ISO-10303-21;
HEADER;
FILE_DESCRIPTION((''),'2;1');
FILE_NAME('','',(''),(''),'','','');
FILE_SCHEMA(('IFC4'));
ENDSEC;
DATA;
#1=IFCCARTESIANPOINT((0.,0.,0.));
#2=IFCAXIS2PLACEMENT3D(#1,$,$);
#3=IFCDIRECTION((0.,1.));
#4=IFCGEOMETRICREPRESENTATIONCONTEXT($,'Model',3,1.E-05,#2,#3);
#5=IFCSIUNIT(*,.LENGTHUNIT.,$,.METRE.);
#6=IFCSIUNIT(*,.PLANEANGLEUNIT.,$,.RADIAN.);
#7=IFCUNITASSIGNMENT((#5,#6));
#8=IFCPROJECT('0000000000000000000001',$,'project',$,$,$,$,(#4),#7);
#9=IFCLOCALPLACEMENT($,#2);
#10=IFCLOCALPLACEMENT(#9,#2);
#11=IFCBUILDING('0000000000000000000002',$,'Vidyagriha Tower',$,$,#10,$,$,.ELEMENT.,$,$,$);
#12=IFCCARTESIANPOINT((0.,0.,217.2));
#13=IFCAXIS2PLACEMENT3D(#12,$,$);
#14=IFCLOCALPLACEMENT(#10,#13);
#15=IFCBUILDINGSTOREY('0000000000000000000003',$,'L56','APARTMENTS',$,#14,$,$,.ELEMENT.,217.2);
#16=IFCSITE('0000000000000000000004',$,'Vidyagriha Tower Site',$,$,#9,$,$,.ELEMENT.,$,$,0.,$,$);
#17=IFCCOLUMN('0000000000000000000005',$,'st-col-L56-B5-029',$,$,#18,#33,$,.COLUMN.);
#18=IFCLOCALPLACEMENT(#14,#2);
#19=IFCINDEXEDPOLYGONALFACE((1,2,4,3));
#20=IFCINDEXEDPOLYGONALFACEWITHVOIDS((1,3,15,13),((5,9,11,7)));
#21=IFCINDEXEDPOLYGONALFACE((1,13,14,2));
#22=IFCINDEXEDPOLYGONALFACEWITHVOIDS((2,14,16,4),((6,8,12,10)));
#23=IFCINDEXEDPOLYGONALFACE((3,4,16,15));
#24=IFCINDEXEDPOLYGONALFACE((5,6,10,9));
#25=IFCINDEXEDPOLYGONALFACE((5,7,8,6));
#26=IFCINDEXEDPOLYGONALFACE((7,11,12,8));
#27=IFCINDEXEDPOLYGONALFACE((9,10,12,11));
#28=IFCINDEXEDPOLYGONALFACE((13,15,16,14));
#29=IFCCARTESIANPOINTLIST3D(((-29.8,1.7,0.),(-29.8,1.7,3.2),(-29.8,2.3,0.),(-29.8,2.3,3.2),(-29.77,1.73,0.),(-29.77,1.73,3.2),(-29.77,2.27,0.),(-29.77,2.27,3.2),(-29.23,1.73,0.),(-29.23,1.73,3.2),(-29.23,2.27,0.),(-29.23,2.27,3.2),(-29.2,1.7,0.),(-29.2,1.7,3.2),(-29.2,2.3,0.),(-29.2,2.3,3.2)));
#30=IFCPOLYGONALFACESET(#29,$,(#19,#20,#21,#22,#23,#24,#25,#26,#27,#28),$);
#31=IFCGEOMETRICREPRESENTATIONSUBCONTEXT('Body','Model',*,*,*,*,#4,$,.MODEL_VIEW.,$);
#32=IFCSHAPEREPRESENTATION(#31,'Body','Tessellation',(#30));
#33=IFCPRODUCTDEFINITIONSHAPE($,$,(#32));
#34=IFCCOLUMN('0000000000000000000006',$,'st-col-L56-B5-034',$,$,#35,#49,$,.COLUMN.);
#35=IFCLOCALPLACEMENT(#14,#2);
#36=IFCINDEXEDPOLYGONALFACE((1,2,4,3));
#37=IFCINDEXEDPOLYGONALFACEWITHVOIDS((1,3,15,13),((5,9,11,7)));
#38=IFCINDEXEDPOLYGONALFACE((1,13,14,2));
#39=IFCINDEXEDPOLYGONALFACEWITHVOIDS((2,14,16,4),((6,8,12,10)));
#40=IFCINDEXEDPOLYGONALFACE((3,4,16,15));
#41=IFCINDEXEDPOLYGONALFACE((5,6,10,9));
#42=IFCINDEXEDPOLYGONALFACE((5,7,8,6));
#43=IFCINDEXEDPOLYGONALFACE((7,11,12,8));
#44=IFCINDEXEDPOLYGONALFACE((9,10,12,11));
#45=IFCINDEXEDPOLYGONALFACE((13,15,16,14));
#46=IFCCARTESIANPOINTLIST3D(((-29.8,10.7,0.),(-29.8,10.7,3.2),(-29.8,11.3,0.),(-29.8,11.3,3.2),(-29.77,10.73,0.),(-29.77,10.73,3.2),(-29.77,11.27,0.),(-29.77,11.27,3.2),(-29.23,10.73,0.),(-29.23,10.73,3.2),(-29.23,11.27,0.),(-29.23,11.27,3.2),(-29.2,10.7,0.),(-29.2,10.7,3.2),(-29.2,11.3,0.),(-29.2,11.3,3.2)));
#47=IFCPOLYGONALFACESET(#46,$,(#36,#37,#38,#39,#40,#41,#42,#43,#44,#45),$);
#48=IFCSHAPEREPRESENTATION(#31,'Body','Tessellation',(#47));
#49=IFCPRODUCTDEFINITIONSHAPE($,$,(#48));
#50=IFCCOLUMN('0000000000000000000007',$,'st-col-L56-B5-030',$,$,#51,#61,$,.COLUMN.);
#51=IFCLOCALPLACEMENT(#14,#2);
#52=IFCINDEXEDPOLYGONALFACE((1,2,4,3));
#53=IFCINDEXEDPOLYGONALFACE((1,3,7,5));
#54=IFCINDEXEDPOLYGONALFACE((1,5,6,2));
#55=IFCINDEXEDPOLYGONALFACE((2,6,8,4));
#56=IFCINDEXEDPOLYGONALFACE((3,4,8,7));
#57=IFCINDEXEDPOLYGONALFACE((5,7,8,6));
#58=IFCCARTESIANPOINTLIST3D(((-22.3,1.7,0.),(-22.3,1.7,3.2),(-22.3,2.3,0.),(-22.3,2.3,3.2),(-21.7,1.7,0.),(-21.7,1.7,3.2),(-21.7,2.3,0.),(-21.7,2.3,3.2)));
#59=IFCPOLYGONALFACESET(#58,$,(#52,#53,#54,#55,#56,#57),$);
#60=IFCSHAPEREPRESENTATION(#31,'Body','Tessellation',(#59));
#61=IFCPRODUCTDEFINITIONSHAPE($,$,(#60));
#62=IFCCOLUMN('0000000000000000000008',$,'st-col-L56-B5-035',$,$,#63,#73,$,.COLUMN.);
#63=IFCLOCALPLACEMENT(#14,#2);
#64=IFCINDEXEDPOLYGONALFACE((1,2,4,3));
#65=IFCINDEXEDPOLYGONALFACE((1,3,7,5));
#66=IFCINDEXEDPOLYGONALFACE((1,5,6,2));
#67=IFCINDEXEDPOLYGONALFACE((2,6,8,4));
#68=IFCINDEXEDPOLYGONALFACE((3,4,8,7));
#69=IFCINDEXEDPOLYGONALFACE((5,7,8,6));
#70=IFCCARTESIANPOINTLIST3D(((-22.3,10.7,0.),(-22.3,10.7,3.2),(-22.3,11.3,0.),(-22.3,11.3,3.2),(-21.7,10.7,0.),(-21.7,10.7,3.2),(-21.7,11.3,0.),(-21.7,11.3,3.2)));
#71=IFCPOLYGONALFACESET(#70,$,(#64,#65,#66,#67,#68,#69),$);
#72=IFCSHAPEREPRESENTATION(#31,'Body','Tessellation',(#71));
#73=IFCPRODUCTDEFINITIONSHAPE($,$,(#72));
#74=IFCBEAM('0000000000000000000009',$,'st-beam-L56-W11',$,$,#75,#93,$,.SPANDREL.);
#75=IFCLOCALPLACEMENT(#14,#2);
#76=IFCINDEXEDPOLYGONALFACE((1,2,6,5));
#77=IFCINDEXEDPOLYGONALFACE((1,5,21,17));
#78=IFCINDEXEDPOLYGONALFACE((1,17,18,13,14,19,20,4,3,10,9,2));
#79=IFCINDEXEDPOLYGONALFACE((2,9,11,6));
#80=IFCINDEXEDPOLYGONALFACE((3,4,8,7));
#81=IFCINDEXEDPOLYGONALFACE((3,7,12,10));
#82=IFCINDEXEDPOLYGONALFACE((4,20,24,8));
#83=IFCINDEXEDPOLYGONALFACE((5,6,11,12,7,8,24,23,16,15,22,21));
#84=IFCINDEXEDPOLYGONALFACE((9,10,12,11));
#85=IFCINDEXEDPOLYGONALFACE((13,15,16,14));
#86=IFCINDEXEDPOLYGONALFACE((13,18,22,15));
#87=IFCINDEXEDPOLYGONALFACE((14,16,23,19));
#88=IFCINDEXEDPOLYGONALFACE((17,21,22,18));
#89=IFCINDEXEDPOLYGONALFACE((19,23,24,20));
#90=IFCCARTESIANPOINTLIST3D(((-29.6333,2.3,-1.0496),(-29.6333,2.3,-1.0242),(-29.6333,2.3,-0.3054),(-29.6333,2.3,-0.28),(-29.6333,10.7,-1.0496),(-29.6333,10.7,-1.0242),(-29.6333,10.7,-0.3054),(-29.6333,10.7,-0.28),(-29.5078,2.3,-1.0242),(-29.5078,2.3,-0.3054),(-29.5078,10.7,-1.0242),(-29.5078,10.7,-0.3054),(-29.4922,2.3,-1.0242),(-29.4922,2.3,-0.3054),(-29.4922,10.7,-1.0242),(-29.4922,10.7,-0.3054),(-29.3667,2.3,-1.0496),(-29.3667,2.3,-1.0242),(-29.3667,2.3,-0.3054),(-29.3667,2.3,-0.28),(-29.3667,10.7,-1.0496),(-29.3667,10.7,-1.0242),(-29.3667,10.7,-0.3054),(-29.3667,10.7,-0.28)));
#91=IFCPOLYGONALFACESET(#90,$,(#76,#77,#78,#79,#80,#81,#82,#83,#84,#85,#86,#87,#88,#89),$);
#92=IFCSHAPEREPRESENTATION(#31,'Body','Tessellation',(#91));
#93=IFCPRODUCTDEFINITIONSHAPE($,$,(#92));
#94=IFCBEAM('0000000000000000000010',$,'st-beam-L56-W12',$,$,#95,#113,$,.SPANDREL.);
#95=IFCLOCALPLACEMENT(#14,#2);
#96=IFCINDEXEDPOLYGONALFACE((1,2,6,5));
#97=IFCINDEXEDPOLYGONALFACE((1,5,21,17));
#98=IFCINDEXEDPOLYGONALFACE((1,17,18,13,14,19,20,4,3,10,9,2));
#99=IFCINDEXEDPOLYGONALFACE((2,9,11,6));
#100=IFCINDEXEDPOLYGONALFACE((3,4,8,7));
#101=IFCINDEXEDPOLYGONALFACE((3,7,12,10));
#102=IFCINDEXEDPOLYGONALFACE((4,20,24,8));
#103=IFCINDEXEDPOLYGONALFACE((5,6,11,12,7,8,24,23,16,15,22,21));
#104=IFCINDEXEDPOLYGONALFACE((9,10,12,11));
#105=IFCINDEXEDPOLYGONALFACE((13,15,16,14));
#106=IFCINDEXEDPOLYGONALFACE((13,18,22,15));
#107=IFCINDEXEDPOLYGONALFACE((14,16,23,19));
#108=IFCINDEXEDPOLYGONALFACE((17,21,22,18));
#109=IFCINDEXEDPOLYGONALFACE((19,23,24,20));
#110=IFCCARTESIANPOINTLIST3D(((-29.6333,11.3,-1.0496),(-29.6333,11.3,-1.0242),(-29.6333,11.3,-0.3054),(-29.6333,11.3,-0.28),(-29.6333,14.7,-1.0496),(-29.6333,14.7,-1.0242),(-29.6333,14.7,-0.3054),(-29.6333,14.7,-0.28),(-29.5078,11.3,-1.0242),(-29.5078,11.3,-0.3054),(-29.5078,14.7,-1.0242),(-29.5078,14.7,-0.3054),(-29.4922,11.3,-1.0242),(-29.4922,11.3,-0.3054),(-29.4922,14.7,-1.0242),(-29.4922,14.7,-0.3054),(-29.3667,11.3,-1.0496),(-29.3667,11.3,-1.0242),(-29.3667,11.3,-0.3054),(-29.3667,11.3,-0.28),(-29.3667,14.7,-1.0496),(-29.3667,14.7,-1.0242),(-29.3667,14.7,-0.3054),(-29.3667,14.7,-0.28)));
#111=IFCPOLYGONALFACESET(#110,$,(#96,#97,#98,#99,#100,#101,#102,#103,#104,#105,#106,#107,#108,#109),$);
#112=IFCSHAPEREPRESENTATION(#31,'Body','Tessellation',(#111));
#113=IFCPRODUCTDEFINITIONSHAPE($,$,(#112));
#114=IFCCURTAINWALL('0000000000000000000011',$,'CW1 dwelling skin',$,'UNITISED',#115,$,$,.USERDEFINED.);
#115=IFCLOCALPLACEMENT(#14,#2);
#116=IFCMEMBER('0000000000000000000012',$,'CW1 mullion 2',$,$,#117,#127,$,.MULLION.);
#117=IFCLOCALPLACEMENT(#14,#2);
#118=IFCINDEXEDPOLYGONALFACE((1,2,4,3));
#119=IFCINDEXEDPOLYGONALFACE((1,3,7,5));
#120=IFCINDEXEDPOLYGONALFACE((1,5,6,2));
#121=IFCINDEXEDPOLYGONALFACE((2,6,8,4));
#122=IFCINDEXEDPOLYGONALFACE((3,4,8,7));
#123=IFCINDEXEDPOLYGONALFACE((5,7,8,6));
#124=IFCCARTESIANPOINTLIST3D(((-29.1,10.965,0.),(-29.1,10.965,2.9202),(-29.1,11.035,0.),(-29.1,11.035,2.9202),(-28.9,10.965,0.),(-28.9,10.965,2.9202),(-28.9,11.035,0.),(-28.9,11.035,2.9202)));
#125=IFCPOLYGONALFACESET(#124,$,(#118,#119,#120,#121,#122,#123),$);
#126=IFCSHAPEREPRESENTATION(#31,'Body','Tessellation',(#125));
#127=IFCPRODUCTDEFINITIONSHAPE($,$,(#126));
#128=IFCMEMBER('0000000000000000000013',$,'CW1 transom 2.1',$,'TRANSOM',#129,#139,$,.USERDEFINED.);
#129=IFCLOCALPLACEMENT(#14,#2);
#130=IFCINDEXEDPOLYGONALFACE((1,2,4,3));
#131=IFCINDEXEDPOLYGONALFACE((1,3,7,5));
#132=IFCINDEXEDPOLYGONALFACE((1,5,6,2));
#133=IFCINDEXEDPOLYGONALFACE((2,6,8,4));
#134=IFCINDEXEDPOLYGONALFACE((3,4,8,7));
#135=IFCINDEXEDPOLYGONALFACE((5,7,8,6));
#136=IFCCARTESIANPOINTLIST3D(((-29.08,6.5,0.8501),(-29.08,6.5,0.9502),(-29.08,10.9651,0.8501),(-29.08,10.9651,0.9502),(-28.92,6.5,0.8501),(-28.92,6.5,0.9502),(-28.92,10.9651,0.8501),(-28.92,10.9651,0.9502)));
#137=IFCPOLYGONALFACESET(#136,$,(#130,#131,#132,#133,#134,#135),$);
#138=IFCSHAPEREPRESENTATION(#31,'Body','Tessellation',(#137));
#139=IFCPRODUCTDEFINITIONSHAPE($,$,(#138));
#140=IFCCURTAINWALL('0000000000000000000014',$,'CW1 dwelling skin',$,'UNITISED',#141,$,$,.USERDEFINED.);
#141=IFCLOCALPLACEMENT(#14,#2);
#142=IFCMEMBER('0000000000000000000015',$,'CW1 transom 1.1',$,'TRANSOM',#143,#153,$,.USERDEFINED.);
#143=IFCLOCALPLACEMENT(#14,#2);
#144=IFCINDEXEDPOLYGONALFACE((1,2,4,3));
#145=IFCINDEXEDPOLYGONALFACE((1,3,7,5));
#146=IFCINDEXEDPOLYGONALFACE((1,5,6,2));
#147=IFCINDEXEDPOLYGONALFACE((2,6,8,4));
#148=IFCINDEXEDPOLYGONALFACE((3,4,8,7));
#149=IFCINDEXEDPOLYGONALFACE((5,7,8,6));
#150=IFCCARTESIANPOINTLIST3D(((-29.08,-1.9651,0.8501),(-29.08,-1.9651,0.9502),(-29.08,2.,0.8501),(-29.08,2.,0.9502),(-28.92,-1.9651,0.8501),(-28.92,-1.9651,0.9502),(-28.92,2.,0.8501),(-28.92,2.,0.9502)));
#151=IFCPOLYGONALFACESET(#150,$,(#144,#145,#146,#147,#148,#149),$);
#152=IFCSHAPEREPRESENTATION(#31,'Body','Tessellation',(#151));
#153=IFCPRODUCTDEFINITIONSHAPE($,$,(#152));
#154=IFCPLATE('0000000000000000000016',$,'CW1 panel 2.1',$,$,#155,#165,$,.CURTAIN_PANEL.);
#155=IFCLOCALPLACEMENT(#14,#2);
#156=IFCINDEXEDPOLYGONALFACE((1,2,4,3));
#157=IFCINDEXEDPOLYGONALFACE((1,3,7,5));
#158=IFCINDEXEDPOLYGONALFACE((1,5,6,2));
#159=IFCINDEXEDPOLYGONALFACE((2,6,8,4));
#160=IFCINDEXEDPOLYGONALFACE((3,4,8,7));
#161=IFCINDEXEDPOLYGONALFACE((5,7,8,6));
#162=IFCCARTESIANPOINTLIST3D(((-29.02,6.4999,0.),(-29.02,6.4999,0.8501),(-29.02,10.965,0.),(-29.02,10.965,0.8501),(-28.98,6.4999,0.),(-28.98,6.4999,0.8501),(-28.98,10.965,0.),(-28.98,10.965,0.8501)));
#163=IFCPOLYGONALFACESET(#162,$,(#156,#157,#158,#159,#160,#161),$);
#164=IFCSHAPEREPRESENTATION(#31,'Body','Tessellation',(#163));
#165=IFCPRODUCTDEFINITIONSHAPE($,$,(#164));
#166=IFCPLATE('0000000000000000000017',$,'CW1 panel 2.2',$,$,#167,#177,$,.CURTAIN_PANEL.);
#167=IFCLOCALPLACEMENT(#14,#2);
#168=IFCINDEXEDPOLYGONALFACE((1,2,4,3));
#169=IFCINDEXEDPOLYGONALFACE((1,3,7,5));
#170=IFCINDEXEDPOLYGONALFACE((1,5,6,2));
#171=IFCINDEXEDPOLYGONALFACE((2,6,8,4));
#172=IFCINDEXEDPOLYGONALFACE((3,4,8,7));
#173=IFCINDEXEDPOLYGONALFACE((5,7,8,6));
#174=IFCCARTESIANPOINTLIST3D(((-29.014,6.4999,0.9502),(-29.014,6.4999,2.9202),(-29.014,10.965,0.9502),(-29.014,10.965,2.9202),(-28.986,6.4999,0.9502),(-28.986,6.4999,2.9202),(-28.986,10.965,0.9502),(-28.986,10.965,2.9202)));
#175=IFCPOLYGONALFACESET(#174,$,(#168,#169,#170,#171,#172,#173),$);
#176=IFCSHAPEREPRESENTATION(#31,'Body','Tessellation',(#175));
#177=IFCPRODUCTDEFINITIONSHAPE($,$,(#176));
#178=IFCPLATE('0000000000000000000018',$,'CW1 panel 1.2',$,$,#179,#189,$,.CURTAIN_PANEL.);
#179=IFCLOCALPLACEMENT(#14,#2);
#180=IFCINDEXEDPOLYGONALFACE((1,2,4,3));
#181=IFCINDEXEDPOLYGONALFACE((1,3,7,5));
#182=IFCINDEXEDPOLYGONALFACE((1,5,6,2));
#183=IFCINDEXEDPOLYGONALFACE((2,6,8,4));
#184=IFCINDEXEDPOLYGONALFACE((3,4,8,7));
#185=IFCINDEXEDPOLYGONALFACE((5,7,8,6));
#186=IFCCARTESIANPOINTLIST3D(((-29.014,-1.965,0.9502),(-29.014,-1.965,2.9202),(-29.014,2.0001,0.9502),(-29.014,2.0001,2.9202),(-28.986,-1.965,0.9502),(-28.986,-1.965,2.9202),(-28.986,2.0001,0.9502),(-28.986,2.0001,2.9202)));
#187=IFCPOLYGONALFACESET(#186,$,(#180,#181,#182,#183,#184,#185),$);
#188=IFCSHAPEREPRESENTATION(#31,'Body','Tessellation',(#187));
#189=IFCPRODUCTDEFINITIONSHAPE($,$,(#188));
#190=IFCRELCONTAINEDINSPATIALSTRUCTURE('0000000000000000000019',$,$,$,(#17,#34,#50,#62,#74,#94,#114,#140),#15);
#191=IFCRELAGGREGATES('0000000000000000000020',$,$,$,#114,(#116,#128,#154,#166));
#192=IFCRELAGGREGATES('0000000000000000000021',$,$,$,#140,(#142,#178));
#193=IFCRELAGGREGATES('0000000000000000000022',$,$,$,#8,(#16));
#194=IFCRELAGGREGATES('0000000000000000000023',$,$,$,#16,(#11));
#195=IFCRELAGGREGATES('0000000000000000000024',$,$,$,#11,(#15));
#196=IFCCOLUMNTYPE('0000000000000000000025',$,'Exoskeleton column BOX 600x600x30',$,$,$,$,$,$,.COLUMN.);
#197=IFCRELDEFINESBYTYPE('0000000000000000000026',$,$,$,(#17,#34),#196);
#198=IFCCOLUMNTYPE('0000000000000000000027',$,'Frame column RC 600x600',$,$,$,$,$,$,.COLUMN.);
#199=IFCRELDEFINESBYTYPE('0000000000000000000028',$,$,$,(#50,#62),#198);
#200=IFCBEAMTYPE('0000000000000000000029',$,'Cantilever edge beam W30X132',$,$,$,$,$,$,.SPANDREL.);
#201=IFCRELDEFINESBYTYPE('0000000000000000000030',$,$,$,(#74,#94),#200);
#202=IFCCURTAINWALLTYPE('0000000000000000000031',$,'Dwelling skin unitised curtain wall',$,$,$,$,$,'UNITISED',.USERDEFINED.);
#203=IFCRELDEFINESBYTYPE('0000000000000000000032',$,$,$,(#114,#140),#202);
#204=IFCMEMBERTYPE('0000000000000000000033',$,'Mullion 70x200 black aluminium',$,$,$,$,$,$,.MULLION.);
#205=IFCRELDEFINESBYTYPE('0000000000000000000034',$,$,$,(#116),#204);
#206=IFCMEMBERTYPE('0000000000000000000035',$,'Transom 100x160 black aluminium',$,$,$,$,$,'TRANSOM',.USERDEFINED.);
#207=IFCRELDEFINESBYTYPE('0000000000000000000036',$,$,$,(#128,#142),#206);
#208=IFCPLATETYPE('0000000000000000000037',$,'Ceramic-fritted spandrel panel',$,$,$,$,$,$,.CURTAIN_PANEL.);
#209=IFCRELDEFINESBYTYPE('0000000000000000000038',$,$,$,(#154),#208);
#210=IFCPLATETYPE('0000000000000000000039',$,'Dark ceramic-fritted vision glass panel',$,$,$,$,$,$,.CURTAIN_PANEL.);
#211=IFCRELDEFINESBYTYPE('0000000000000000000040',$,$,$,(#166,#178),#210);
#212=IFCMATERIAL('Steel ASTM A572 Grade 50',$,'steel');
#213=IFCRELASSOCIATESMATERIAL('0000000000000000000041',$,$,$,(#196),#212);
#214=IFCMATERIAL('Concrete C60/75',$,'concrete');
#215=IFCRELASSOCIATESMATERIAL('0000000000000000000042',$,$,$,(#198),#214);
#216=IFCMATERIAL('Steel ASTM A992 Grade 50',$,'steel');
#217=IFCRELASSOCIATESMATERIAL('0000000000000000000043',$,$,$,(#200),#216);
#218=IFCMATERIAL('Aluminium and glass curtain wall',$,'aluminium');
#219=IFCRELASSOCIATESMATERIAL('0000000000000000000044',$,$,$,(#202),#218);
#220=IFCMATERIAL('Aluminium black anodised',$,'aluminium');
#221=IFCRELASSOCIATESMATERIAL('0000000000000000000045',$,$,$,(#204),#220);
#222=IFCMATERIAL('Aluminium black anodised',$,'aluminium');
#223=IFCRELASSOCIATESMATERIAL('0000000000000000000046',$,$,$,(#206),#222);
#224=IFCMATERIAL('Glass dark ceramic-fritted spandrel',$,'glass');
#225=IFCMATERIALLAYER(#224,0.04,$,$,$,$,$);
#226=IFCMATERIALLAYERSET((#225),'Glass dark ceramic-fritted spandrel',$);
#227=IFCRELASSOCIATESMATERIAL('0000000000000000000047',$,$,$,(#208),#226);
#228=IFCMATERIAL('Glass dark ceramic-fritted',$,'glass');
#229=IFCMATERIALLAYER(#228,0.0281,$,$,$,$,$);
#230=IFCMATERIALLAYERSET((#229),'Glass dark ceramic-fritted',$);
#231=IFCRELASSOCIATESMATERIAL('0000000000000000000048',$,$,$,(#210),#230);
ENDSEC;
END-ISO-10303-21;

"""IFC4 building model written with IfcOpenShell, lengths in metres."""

from ifc_helpers import new_model, si_unit, direction, frame, origin, origin_2d, place, context, subcontext, project, spatial, rectangle, hollow_rectangle, i_section, extrude, material, layer, layer_set, material_profile, profile_set, type_object, element, aggregate, save


model = new_model("IFC4")

# Units and contexts
model_context = context("Model", 3, precision=1e-05, world=origin(), true_north=direction((0.0, 1.0)))
body_context = subcontext(model_context, "Body", "Model", "MODEL_VIEW")
ifc_project = project(units=[si_unit("LENGTHUNIT", "METRE"), si_unit("PLANEANGLEUNIT", "RADIAN")], contexts=[model_context])

# Site, building, storey
site_placement = place(None, origin())
site = spatial("IfcSite", under=ifc_project, at=site_placement, Name="Vidyagriha Tower Site", CompositionType="ELEMENT", RefElevation=0.0)
building_placement = place(site_placement, origin())
building = spatial("IfcBuilding", under=site, at=building_placement, Name="Vidyagriha Tower", CompositionType="ELEMENT")
storey_placement = place(building_placement, frame((0.0, 0.0, 217.2)))
storey = spatial("IfcBuildingStorey", under=building, at=storey_placement, Name="L56", Description="APARTMENTS", CompositionType="ELEMENT", Elevation=217.2)

# Columns
ifc_material_1 = material(Name="Steel ASTM A572 Grade 50", Category="steel")
ifc_material_profile_1 = material_profile(ifc_material_1, hollow_rectangle(XDim=0.6001, YDim=0.6001, WallThickness=0.03, at=origin_2d()), Name="BOX 600x600x30")
ifc_profile_set_1 = profile_set([ifc_material_profile_1], Name="Steel ASTM A572 Grade 50")
column_type_1 = type_object("IfcColumnType", Name="Exoskeleton column BOX 600x600x30", PredefinedType="COLUMN", material=ifc_profile_set_1)
for number, where, name in (
    (1, (-29.5, 2.0, 0.0), "st-col-L56-B5-029"),
    (2, (-29.5, 11.0, 0.0), "st-col-L56-B5-034"),
):
    element("IfcColumn", number, at=place(storey_placement, frame(where)), inside=storey, type_object=column_type_1, Name=name, PredefinedType="COLUMN", context=body_context, shape_type="SweptSolid", body=[
        extrude(hollow_rectangle(XDim=0.6001, YDim=0.6001, WallThickness=0.03, at=origin_2d()), origin(), (0.0, 0.0, 1.0), 3.2),
    ])
ifc_material_2 = material(Name="Concrete C60/75", Category="concrete")
ifc_material_profile_2 = material_profile(ifc_material_2, rectangle(XDim=0.6001, YDim=0.6001, at=origin_2d()), Name="RC 600x600")
ifc_profile_set_2 = profile_set([ifc_material_profile_2], Name="Concrete C60/75")
column_type_2 = type_object("IfcColumnType", Name="Frame column RC 600x600", PredefinedType="COLUMN", material=ifc_profile_set_2)
for number, where, name in (
    (3, (-22.0, 2.0, 0.0), "st-col-L56-B5-030"),
    (4, (-22.0, 11.0, 0.0), "st-col-L56-B5-035"),
):
    element("IfcColumn", number, at=place(storey_placement, frame(where)), inside=storey, type_object=column_type_2, Name=name, PredefinedType="COLUMN", context=body_context, shape_type="SweptSolid", body=[
        extrude(rectangle(XDim=0.6001, YDim=0.6001, at=origin_2d()), origin(), (0.0, 0.0, 1.0), 3.2),
    ])

# Beams
ifc_material_3 = material(Name="Steel ASTM A992 Grade 50", Category="steel")
ifc_material_profile_3 = material_profile(ifc_material_3, i_section(OverallWidth=0.2666, OverallDepth=0.7695, WebThickness=0.0156, FlangeThickness=0.0254, at=origin_2d()), Name="W30X132")
ifc_profile_set_3 = profile_set([ifc_material_profile_3], Name="Steel ASTM A992 Grade 50")
beam_type = type_object("IfcBeamType", Name="Cantilever edge beam W30X132", PredefinedType="SPANDREL", material=ifc_profile_set_3)
beam_1_placement = place(storey_placement, frame((-29.5, 2.3, -0.6648), z_axis=(0.0, 1.0, 0.0), x_axis=(-1.0, 0.0, 0.0)))
element("IfcBeam", 5, at=beam_1_placement, inside=storey, type_object=beam_type, Name="st-beam-L56-W11", PredefinedType="SPANDREL", context=body_context, shape_type="SweptSolid", body=[
    extrude(i_section(OverallWidth=0.2666, OverallDepth=0.7695, WebThickness=0.0156, FlangeThickness=0.0254, at=origin_2d()), origin(), (0.0, 0.0, 1.0), 8.3999),
])
beam_2_placement = place(storey_placement, frame((-29.5, 11.3, -0.6648), z_axis=(0.0, 1.0, 0.0), x_axis=(-1.0, 0.0, 0.0)))
element("IfcBeam", 6, at=beam_2_placement, inside=storey, type_object=beam_type, Name="st-beam-L56-W12", PredefinedType="SPANDREL", context=body_context, shape_type="SweptSolid", body=[
    extrude(i_section(OverallWidth=0.2666, OverallDepth=0.7695, WebThickness=0.0156, FlangeThickness=0.0254, at=origin_2d()), origin(), (0.0, 0.0, 1.0), 3.3999),
])

# Curtain wall, members
ifc_material_4 = material(Name="Aluminium and glass curtain wall", Category="aluminium")
curtain_wall_type = type_object("IfcCurtainWallType", Name="Dwelling skin unitised curtain wall", ElementType="UNITISED", PredefinedType="USERDEFINED", material=ifc_material_4)
curtain_wall_1_placement = place(storey_placement, origin())
curtain_wall_1 = element("IfcCurtainWall", 7, at=curtain_wall_1_placement, inside=storey, type_object=curtain_wall_type, Name="CW1 dwelling skin", ObjectType="UNITISED", PredefinedType="USERDEFINED")
ifc_material_5 = material(Name="Aluminium black anodised", Category="aluminium")
ifc_material_profile_4 = material_profile(ifc_material_5, rectangle(XDim=0.2, YDim=0.0701, at=origin_2d()), Name="Mullion 70x200 black aluminium")
ifc_profile_set_4 = profile_set([ifc_material_profile_4], Name="Aluminium black anodised")
member_type_1 = type_object("IfcMemberType", Name="Mullion 70x200 black aluminium", PredefinedType="MULLION", material=ifc_profile_set_4)
member_1_placement = place(storey_placement, frame((-29.0, 11.0, 0.0)))
member_1 = element("IfcMember", 8, at=member_1_placement, type_object=member_type_1, Name="CW1 mullion 2", PredefinedType="MULLION", context=body_context, shape_type="SweptSolid", body=[
    extrude(rectangle(XDim=0.2, YDim=0.0701, at=origin_2d()), origin(), (0.0, 0.0, 1.0), 2.9202),
])
ifc_material_6 = material(Name="Aluminium black anodised", Category="aluminium")
ifc_material_profile_5 = material_profile(ifc_material_6, rectangle(XDim=0.1599, YDim=0.1001, at=origin_2d()), Name="Transom 100x160 black aluminium")
ifc_profile_set_5 = profile_set([ifc_material_profile_5], Name="Aluminium black anodised")
member_type_2 = type_object("IfcMemberType", Name="Transom 100x160 black aluminium", ElementType="TRANSOM", PredefinedType="USERDEFINED", material=ifc_profile_set_5)
member_2_placement = place(storey_placement, frame((-29.0, 10.9651, 0.9001), z_axis=(0.0, -1.0, 0.0), x_axis=(1.0, 0.0, 0.0)))
member_2 = element("IfcMember", 9, at=member_2_placement, type_object=member_type_2, Name="CW1 transom 2.1", ObjectType="TRANSOM", PredefinedType="USERDEFINED", context=body_context, shape_type="SweptSolid", body=[
    extrude(rectangle(XDim=0.1599, YDim=0.1001, at=origin_2d()), origin(), (0.0, 0.0, 1.0), 4.4651),
])

# Curtain wall, member
curtain_wall_2_placement = place(storey_placement, origin())
curtain_wall_2 = element("IfcCurtainWall", 10, at=curtain_wall_2_placement, inside=storey, type_object=curtain_wall_type, Name="CW1 dwelling skin", ObjectType="UNITISED", PredefinedType="USERDEFINED")
member_3_placement = place(storey_placement, frame((-29.0, 2.0, 0.9001), z_axis=(0.0, -1.0, 0.0), x_axis=(1.0, 0.0, 0.0)))
member_3 = element("IfcMember", 11, at=member_3_placement, type_object=member_type_2, Name="CW1 transom 1.1", ObjectType="TRANSOM", PredefinedType="USERDEFINED", context=body_context, shape_type="SweptSolid", body=[
    extrude(rectangle(XDim=0.1599, YDim=0.1001, at=origin_2d()), origin(), (0.0, 0.0, 1.0), 3.9651),
])

# Plates
ifc_material_7 = material(Name="Glass dark ceramic-fritted spandrel", Category="glass")
ifc_layer_1 = layer(ifc_material_7, 0.04)
ifc_layer_set_1 = layer_set([ifc_layer_1], Name="Glass dark ceramic-fritted spandrel")
plate_type_1 = type_object("IfcPlateType", Name="Ceramic-fritted spandrel panel", PredefinedType="CURTAIN_PANEL", material=ifc_layer_set_1)
plate_1_placement = place(storey_placement, frame((-29.0, 8.7324, 0.0), z_axis=(0.0, 0.0, 1.0), x_axis=(0.0, -1.0, 0.0)))
plate_1 = element("IfcPlate", 12, at=plate_1_placement, type_object=plate_type_1, Name="CW1 panel 2.1", PredefinedType="CURTAIN_PANEL", context=body_context, shape_type="SweptSolid", body=[
    extrude(rectangle(XDim=4.4651, YDim=0.04, at=origin_2d()), origin(), (0.0, 0.0, 1.0), 0.8501),
])
ifc_material_8 = material(Name="Glass dark ceramic-fritted", Category="glass")
ifc_layer_2 = layer(ifc_material_8, 0.0281)
ifc_layer_set_2 = layer_set([ifc_layer_2], Name="Glass dark ceramic-fritted")
plate_type_2 = type_object("IfcPlateType", Name="Dark ceramic-fritted vision glass panel", PredefinedType="CURTAIN_PANEL", material=ifc_layer_set_2)
plate_2_placement = place(storey_placement, frame((-29.0, 8.7324, 0.9502), z_axis=(0.0, 0.0, 1.0), x_axis=(0.0, -1.0, 0.0)))
plate_2 = element("IfcPlate", 13, at=plate_2_placement, type_object=plate_type_2, Name="CW1 panel 2.2", PredefinedType="CURTAIN_PANEL", context=body_context, shape_type="SweptSolid", body=[
    extrude(rectangle(XDim=4.4651, YDim=0.0281, at=origin_2d()), origin(), (0.0, 0.0, 1.0), 1.97),
])
aggregate(curtain_wall_1, [member_1, member_2, plate_1, plate_2])
plate_3_placement = place(storey_placement, frame((-29.0, 0.0176, 0.9502), z_axis=(0.0, 0.0, 1.0), x_axis=(0.0, -1.0, 0.0)))
plate_3 = element("IfcPlate", 14, at=plate_3_placement, type_object=plate_type_2, Name="CW1 panel 1.2", PredefinedType="CURTAIN_PANEL", context=body_context, shape_type="SweptSolid", body=[
    extrude(rectangle(XDim=3.9651, YDim=0.0281, at=origin_2d()), origin(), (0.0, 0.0, 1.0), 1.97),
])
aggregate(curtain_wall_2, [member_3, plate_3])

save(model, "model.ifc")
